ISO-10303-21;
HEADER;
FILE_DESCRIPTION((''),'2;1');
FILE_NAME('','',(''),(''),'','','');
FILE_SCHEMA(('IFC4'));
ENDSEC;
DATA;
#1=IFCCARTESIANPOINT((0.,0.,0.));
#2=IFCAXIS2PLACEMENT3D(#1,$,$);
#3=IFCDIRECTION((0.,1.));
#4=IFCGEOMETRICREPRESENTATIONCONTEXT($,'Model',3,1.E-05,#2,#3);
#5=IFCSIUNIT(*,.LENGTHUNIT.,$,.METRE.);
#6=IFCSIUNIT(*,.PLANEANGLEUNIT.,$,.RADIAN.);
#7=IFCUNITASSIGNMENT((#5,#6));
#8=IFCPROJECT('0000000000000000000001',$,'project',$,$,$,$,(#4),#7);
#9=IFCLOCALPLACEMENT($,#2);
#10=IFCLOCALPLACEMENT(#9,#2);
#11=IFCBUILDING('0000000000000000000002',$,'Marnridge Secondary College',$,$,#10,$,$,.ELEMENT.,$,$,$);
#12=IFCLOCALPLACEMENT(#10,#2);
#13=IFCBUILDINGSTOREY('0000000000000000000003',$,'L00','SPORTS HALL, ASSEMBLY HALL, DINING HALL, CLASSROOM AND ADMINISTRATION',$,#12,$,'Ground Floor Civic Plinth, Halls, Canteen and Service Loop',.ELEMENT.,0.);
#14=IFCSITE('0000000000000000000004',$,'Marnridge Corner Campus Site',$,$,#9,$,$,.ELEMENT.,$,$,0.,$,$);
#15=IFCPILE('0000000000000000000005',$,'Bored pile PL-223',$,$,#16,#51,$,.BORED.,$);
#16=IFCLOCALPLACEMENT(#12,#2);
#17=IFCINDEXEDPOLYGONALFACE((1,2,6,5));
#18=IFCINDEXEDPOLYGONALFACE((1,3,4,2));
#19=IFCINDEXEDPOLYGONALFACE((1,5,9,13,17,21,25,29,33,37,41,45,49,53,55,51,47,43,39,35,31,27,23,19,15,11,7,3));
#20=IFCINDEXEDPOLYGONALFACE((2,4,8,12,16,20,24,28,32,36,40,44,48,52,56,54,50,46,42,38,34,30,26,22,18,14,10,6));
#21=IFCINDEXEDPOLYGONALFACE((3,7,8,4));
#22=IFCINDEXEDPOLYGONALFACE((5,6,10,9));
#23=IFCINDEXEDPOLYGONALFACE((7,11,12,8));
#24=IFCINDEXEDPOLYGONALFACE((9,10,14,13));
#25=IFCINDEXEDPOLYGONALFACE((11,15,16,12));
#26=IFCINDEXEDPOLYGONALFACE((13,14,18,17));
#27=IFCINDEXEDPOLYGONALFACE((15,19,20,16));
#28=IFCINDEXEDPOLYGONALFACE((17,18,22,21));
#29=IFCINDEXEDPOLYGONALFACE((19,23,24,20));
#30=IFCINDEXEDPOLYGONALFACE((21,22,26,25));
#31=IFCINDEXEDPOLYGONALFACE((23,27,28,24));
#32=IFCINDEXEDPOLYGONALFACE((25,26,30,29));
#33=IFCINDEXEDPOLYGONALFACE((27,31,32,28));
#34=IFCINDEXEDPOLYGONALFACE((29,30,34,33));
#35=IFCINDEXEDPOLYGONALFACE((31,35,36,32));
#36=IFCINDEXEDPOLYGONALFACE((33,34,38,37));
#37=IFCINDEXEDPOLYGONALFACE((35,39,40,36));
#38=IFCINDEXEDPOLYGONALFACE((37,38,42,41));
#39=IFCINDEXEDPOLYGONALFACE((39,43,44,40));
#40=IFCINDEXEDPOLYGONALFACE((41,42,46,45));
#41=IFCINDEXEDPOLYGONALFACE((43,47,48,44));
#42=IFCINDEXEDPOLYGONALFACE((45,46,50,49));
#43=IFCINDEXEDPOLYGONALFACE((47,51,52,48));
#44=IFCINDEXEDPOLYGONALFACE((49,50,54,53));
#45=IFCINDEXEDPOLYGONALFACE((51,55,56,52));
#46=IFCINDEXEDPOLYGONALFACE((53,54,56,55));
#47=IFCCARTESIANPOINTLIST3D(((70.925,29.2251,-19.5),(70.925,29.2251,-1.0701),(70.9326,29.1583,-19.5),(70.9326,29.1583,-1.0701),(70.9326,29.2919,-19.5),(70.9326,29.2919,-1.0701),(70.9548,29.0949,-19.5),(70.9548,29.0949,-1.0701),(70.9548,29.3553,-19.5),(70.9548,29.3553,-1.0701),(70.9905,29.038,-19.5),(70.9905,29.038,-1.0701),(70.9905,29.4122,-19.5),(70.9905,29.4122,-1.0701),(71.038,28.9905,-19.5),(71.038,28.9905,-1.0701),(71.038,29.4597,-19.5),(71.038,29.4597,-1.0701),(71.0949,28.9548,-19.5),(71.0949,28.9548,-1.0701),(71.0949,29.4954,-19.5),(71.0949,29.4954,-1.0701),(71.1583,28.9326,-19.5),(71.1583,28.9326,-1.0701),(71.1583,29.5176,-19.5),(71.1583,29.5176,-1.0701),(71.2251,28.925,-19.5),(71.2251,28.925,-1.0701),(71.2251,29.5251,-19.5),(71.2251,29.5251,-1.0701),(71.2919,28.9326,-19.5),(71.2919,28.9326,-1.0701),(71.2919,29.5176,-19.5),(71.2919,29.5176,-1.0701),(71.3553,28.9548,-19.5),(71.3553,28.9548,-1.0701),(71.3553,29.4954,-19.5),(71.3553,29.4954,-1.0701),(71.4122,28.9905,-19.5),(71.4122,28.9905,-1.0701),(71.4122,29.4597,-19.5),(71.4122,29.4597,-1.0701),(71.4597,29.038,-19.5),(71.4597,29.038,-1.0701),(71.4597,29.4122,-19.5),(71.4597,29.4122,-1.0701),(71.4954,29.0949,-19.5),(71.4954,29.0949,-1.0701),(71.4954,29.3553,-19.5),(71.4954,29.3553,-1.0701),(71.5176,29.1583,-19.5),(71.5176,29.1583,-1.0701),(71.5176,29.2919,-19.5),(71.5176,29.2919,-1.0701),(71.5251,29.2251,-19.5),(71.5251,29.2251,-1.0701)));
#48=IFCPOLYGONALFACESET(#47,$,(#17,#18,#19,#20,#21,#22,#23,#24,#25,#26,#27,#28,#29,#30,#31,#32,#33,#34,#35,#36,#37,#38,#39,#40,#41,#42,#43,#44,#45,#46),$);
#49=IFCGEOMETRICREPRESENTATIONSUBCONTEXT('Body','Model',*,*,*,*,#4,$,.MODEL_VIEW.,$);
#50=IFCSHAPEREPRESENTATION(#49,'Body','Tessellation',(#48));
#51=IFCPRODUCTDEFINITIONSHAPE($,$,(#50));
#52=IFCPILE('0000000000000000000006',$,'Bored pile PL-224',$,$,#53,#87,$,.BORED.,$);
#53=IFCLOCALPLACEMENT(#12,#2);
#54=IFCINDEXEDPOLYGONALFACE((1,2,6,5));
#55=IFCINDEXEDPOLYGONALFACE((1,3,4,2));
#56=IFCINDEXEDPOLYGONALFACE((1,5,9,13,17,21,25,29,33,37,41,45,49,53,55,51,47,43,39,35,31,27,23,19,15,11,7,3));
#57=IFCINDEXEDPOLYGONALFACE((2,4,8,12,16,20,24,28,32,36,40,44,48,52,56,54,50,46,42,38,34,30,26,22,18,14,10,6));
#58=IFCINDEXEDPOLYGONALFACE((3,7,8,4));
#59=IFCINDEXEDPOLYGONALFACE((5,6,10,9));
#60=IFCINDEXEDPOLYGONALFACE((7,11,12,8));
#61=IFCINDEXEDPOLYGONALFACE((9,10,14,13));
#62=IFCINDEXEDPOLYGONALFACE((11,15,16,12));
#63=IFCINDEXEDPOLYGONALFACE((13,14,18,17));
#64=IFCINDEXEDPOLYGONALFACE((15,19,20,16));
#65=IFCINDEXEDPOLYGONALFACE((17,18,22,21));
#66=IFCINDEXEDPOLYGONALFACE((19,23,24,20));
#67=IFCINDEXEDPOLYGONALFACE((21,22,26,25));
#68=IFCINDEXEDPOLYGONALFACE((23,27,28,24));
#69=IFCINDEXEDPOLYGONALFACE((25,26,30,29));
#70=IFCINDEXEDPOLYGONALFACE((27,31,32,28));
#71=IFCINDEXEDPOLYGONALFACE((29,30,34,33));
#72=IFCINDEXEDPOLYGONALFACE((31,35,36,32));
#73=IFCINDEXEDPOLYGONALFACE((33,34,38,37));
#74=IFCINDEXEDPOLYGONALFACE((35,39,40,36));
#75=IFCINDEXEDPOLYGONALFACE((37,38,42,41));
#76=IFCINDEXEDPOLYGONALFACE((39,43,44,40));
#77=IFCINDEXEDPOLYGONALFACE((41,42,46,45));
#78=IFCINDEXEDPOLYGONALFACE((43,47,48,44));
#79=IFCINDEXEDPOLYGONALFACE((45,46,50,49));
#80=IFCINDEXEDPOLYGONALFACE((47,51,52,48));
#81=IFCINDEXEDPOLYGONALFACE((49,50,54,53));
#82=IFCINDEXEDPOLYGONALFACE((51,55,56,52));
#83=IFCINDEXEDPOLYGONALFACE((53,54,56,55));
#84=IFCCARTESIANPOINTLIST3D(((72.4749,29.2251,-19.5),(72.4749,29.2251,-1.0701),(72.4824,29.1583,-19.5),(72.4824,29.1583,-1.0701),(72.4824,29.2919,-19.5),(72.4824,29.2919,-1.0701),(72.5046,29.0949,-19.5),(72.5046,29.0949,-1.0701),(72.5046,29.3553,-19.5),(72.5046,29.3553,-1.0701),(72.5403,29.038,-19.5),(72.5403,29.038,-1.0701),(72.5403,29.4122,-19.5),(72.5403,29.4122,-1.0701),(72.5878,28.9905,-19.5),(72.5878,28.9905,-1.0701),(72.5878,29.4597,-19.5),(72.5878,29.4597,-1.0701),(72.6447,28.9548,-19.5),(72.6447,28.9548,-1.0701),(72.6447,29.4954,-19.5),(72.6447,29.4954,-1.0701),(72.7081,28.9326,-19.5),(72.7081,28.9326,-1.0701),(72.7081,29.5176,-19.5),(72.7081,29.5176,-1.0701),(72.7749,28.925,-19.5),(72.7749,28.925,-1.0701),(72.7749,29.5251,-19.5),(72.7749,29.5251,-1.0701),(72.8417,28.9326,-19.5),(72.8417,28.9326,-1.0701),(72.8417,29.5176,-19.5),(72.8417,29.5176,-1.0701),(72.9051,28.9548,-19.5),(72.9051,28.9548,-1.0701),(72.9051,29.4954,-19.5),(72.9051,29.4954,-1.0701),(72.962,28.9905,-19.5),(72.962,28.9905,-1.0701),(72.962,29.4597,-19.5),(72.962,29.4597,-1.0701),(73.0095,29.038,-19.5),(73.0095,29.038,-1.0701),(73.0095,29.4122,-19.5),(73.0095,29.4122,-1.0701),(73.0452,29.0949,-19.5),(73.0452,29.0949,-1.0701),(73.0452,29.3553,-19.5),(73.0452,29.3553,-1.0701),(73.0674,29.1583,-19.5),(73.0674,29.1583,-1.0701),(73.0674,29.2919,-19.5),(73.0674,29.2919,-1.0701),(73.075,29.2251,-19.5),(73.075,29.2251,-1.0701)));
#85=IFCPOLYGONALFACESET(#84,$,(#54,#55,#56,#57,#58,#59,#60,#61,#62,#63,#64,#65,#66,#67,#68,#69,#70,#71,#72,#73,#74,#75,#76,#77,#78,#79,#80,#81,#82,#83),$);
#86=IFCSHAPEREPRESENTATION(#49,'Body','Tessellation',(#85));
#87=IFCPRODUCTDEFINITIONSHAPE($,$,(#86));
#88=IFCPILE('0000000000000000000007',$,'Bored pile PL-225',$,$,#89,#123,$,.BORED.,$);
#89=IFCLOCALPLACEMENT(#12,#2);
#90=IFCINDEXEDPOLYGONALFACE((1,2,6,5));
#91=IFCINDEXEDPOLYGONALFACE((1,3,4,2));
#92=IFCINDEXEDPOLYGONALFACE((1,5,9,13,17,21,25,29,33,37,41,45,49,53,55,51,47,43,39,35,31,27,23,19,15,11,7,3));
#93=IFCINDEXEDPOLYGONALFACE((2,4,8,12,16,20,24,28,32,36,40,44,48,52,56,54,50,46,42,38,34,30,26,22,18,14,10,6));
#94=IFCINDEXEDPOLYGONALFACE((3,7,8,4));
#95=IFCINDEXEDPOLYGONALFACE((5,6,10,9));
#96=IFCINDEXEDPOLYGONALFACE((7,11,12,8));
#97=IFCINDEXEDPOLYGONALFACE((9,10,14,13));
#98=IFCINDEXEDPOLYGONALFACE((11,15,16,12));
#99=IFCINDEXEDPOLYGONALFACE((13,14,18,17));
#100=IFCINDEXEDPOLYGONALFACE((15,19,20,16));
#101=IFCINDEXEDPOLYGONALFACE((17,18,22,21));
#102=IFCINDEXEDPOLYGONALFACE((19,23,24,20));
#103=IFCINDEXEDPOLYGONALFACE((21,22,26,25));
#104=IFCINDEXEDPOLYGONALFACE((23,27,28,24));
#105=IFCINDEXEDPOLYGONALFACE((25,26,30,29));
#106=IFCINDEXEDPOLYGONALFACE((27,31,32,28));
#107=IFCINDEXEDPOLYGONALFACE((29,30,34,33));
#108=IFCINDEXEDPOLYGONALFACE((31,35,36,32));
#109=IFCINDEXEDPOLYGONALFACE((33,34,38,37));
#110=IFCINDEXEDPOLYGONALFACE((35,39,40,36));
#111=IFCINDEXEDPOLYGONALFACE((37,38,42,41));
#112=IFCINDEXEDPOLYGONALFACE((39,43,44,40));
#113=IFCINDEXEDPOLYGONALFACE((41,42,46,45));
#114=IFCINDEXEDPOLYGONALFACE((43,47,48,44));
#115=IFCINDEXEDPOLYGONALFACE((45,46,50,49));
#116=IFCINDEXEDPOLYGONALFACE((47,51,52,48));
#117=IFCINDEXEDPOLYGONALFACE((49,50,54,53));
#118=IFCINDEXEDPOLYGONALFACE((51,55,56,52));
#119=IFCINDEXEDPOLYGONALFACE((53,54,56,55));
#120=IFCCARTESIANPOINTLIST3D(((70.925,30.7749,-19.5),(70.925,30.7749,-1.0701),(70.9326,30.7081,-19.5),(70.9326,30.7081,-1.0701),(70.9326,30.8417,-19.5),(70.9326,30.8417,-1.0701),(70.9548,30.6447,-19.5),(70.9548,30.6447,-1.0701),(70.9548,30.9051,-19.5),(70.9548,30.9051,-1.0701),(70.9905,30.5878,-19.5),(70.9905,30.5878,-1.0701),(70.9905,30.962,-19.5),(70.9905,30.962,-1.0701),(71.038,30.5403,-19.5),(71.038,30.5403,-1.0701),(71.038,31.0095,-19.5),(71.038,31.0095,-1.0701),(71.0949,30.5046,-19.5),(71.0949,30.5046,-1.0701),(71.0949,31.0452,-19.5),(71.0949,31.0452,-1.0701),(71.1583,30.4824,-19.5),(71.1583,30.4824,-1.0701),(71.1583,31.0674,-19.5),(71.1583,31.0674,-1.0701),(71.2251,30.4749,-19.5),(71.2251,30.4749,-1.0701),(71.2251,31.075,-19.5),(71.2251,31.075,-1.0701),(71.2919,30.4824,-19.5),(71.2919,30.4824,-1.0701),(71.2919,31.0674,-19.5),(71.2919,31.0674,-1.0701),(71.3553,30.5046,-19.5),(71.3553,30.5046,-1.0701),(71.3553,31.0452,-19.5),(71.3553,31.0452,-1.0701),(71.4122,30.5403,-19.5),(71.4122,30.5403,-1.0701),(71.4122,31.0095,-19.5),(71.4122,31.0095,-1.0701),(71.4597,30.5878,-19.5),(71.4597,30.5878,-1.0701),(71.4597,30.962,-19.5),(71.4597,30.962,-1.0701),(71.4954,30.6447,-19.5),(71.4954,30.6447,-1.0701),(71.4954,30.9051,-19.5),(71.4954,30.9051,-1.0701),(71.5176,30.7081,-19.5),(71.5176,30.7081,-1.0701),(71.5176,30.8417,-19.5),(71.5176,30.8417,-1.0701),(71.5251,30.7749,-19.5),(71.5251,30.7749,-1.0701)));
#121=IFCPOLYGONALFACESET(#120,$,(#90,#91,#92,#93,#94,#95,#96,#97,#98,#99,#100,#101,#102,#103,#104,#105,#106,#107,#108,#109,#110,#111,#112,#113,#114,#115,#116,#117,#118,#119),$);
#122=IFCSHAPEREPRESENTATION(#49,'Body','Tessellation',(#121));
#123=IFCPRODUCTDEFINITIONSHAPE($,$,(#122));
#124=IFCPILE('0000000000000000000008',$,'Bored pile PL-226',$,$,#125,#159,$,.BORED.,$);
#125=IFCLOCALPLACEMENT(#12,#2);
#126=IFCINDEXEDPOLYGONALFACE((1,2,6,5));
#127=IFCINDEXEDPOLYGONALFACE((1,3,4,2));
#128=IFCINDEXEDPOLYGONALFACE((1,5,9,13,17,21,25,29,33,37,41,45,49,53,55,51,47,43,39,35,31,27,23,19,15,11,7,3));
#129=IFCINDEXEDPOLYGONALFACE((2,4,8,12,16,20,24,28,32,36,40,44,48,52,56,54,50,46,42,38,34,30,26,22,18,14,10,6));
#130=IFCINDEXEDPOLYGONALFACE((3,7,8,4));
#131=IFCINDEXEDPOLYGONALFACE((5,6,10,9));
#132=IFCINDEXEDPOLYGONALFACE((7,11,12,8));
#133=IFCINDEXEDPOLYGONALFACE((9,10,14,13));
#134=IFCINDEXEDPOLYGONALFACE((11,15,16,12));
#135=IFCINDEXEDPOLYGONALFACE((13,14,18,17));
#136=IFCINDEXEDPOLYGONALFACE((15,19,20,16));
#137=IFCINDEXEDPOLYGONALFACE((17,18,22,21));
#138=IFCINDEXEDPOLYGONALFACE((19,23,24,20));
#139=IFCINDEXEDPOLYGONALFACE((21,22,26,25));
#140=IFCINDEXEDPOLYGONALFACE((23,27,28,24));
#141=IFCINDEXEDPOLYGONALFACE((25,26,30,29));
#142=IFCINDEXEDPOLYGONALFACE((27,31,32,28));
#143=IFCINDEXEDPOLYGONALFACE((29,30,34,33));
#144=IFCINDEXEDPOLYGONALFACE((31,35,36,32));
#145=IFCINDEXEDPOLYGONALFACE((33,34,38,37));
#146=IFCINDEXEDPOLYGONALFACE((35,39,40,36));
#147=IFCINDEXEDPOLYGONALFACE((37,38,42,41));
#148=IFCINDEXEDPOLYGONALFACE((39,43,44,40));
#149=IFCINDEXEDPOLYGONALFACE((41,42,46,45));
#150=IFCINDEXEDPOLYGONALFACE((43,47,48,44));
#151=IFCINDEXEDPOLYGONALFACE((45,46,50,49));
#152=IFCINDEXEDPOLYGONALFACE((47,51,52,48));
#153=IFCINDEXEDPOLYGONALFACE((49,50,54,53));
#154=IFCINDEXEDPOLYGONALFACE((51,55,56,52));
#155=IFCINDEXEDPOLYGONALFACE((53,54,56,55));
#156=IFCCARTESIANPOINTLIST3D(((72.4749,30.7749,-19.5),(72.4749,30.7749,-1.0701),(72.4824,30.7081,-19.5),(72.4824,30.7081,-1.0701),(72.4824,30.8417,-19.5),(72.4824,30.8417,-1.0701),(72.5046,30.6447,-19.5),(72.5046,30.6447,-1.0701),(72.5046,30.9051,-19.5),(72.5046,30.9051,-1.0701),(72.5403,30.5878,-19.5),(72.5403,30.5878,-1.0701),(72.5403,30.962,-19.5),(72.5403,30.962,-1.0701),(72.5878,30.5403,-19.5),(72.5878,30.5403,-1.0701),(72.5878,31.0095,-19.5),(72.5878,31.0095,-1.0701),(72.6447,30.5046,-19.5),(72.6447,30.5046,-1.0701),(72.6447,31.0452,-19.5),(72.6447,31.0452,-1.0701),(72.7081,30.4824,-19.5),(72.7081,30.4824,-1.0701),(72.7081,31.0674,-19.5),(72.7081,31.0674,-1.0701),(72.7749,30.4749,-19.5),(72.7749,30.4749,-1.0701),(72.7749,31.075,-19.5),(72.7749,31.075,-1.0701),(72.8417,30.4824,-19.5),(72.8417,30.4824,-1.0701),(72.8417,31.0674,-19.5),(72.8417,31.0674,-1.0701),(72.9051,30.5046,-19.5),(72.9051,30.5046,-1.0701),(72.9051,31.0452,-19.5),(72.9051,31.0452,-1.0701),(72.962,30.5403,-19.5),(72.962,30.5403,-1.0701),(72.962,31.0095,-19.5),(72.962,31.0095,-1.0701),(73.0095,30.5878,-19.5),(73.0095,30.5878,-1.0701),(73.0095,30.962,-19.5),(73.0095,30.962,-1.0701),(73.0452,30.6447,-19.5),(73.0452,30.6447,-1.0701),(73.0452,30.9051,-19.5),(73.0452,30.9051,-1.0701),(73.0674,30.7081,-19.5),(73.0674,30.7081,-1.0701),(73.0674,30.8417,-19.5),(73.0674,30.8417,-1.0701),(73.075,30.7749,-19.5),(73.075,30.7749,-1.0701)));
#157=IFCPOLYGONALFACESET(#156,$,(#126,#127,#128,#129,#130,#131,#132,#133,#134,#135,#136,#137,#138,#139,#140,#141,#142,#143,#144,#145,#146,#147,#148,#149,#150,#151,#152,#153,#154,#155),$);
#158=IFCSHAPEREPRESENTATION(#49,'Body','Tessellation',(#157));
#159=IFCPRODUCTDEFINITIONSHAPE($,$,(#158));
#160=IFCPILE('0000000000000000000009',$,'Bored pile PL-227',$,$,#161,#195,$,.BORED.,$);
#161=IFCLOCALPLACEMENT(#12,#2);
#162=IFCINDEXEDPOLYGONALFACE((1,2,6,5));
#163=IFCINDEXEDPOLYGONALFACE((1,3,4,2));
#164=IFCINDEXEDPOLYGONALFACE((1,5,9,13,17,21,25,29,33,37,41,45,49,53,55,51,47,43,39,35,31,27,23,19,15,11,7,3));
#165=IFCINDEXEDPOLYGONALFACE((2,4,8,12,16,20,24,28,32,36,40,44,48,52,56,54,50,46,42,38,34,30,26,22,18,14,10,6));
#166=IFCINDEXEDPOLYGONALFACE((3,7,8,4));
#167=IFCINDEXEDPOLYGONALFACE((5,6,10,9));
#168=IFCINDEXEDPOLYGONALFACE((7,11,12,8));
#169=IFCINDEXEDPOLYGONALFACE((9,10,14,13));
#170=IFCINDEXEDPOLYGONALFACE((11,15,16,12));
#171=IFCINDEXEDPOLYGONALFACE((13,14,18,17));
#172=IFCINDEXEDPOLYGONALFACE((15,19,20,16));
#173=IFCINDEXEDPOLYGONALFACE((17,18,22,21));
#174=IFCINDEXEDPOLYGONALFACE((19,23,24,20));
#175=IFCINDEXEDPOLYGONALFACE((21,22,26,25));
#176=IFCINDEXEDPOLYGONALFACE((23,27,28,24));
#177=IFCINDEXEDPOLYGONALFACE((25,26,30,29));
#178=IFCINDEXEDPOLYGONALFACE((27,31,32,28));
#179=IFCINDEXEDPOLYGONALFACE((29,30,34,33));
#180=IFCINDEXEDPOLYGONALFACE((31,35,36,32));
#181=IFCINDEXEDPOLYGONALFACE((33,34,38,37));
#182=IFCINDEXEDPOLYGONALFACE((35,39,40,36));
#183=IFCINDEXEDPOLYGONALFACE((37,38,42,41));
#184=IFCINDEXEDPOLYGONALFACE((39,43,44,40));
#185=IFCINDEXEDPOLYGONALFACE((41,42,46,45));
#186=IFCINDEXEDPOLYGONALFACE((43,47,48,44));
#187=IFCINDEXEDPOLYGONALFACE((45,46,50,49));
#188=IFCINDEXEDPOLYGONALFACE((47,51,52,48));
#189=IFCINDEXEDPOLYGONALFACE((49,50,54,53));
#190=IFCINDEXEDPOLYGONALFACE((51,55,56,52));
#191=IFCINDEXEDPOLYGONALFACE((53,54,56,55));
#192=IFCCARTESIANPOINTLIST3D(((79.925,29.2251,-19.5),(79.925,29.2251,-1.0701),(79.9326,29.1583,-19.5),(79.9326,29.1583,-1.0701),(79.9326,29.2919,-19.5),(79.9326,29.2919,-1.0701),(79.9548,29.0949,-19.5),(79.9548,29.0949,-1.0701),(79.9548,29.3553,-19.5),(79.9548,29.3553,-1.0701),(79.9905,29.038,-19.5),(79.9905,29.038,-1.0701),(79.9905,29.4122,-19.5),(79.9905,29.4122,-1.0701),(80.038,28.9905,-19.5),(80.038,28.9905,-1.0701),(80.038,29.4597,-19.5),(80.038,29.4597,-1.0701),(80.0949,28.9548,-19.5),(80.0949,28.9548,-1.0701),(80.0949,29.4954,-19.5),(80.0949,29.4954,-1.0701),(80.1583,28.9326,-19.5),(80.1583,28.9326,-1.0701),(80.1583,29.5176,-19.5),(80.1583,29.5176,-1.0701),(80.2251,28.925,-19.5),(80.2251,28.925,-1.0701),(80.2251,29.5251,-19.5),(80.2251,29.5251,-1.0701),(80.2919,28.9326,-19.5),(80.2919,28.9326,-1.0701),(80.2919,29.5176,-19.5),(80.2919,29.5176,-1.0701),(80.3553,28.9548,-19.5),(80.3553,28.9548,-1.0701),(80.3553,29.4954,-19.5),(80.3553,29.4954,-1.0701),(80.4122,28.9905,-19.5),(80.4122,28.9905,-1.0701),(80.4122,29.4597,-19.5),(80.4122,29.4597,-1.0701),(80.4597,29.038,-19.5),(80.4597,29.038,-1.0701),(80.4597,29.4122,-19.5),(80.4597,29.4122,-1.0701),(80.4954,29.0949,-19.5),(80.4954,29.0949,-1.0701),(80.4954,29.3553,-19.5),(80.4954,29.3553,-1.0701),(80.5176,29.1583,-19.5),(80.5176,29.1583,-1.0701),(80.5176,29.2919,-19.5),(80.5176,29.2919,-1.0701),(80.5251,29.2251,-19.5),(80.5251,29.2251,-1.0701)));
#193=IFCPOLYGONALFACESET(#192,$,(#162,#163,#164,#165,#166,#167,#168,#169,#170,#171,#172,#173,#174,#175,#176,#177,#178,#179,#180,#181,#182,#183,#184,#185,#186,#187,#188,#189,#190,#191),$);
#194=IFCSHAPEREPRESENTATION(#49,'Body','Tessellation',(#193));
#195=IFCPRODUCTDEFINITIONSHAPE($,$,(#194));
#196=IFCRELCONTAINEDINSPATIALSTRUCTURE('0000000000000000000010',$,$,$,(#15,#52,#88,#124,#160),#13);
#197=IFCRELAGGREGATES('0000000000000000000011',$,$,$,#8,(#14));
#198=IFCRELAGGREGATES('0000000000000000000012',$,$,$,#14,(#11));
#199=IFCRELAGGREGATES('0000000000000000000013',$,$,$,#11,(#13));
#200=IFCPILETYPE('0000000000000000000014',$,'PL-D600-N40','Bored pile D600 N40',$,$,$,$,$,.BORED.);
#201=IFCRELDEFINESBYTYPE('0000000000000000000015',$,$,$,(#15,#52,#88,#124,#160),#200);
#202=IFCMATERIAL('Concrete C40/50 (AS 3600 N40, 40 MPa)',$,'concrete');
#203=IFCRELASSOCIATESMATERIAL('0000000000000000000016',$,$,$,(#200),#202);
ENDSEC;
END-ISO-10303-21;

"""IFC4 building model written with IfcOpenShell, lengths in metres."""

from ifc_helpers import new_model, si_unit, direction, frame, origin, origin_2d, place, context, subcontext, project, spatial, circle, extrude, material, material_profile, profile_set, type_object, element, save


model = new_model("IFC4")

# Units and contexts
model_context = context("Model", 3, precision=1e-05, world=origin(), true_north=direction((0.0, 1.0)))
body_context = subcontext(model_context, "Body", "Model", "MODEL_VIEW")
ifc_project = project(units=[si_unit("LENGTHUNIT", "METRE"), si_unit("PLANEANGLEUNIT", "RADIAN")], contexts=[model_context])

# Site, building, storey
site_placement = place(None, origin())
site = spatial("IfcSite", under=ifc_project, at=site_placement, Name="Marnridge Corner Campus Site", CompositionType="ELEMENT", RefElevation=0.0)
building_placement = place(site_placement, origin())
building = spatial("IfcBuilding", under=site, at=building_placement, Name="Marnridge Secondary College", CompositionType="ELEMENT")
storey_placement = place(building_placement, origin())
storey = spatial("IfcBuildingStorey", under=building, at=storey_placement, Name="L00", Description="SPORTS HALL, ASSEMBLY HALL, DINING HALL, CLASSROOM AND ADMINISTRATION", LongName="Ground Floor Civic Plinth, Halls, Canteen and Service Loop", CompositionType="ELEMENT", Elevation=0.0)

# Piles
ifc_material_1 = material(Name="Concrete C40/50 (AS 3600 N40, 40 MPa)", Category="concrete")
ifc_material_profile_1 = material_profile(ifc_material_1, circle(Radius=0.3, at=origin_2d()), Name="PILE D600")
ifc_profile_set_1 = profile_set([ifc_material_profile_1], Name="Concrete C40/50 (AS 3600 N40, 40 MPa)")
pile_type = type_object("IfcPileType", Name="PL-D600-N40", Description="Bored pile D600 N40", PredefinedType="BORED", material=ifc_profile_set_1)
for number, where, z_axis, x_axis, name in (
    (1, (71.2251, 29.2251, -1.0701), (0.0, 0.0, -1.0), (1.0, 0.0, 0.0), "Bored pile PL-223"),
    (2, (72.7749, 29.2251, -1.0701), (0.0, 0.0, -1.0), (1.0, 0.0, 0.0), "Bored pile PL-224"),
    (3, (71.2251, 30.7749, -1.0701), (0.0, 0.0, -1.0), (1.0, 0.0, 0.0), "Bored pile PL-225"),
    (4, (72.7749, 30.7749, -1.0701), (0.0, 0.0, -1.0), (1.0, 0.0, 0.0), "Bored pile PL-226"),
    (5, (80.2251, 29.2251, -1.0701), (0.0, 0.0, -1.0), (1.0, 0.0, 0.0), "Bored pile PL-227"),
):
    element("IfcPile", number, at=place(storey_placement, frame(where, z_axis=z_axis, x_axis=x_axis)), inside=storey, type_object=pile_type, Name=name, PredefinedType="BORED", context=body_context, shape_type="SweptSolid", body=[
        extrude(circle(Radius=0.3, at=origin_2d()), origin(), (0.0, 0.0, 1.0), 18.4299),
    ])

save(model, "model.ifc")
